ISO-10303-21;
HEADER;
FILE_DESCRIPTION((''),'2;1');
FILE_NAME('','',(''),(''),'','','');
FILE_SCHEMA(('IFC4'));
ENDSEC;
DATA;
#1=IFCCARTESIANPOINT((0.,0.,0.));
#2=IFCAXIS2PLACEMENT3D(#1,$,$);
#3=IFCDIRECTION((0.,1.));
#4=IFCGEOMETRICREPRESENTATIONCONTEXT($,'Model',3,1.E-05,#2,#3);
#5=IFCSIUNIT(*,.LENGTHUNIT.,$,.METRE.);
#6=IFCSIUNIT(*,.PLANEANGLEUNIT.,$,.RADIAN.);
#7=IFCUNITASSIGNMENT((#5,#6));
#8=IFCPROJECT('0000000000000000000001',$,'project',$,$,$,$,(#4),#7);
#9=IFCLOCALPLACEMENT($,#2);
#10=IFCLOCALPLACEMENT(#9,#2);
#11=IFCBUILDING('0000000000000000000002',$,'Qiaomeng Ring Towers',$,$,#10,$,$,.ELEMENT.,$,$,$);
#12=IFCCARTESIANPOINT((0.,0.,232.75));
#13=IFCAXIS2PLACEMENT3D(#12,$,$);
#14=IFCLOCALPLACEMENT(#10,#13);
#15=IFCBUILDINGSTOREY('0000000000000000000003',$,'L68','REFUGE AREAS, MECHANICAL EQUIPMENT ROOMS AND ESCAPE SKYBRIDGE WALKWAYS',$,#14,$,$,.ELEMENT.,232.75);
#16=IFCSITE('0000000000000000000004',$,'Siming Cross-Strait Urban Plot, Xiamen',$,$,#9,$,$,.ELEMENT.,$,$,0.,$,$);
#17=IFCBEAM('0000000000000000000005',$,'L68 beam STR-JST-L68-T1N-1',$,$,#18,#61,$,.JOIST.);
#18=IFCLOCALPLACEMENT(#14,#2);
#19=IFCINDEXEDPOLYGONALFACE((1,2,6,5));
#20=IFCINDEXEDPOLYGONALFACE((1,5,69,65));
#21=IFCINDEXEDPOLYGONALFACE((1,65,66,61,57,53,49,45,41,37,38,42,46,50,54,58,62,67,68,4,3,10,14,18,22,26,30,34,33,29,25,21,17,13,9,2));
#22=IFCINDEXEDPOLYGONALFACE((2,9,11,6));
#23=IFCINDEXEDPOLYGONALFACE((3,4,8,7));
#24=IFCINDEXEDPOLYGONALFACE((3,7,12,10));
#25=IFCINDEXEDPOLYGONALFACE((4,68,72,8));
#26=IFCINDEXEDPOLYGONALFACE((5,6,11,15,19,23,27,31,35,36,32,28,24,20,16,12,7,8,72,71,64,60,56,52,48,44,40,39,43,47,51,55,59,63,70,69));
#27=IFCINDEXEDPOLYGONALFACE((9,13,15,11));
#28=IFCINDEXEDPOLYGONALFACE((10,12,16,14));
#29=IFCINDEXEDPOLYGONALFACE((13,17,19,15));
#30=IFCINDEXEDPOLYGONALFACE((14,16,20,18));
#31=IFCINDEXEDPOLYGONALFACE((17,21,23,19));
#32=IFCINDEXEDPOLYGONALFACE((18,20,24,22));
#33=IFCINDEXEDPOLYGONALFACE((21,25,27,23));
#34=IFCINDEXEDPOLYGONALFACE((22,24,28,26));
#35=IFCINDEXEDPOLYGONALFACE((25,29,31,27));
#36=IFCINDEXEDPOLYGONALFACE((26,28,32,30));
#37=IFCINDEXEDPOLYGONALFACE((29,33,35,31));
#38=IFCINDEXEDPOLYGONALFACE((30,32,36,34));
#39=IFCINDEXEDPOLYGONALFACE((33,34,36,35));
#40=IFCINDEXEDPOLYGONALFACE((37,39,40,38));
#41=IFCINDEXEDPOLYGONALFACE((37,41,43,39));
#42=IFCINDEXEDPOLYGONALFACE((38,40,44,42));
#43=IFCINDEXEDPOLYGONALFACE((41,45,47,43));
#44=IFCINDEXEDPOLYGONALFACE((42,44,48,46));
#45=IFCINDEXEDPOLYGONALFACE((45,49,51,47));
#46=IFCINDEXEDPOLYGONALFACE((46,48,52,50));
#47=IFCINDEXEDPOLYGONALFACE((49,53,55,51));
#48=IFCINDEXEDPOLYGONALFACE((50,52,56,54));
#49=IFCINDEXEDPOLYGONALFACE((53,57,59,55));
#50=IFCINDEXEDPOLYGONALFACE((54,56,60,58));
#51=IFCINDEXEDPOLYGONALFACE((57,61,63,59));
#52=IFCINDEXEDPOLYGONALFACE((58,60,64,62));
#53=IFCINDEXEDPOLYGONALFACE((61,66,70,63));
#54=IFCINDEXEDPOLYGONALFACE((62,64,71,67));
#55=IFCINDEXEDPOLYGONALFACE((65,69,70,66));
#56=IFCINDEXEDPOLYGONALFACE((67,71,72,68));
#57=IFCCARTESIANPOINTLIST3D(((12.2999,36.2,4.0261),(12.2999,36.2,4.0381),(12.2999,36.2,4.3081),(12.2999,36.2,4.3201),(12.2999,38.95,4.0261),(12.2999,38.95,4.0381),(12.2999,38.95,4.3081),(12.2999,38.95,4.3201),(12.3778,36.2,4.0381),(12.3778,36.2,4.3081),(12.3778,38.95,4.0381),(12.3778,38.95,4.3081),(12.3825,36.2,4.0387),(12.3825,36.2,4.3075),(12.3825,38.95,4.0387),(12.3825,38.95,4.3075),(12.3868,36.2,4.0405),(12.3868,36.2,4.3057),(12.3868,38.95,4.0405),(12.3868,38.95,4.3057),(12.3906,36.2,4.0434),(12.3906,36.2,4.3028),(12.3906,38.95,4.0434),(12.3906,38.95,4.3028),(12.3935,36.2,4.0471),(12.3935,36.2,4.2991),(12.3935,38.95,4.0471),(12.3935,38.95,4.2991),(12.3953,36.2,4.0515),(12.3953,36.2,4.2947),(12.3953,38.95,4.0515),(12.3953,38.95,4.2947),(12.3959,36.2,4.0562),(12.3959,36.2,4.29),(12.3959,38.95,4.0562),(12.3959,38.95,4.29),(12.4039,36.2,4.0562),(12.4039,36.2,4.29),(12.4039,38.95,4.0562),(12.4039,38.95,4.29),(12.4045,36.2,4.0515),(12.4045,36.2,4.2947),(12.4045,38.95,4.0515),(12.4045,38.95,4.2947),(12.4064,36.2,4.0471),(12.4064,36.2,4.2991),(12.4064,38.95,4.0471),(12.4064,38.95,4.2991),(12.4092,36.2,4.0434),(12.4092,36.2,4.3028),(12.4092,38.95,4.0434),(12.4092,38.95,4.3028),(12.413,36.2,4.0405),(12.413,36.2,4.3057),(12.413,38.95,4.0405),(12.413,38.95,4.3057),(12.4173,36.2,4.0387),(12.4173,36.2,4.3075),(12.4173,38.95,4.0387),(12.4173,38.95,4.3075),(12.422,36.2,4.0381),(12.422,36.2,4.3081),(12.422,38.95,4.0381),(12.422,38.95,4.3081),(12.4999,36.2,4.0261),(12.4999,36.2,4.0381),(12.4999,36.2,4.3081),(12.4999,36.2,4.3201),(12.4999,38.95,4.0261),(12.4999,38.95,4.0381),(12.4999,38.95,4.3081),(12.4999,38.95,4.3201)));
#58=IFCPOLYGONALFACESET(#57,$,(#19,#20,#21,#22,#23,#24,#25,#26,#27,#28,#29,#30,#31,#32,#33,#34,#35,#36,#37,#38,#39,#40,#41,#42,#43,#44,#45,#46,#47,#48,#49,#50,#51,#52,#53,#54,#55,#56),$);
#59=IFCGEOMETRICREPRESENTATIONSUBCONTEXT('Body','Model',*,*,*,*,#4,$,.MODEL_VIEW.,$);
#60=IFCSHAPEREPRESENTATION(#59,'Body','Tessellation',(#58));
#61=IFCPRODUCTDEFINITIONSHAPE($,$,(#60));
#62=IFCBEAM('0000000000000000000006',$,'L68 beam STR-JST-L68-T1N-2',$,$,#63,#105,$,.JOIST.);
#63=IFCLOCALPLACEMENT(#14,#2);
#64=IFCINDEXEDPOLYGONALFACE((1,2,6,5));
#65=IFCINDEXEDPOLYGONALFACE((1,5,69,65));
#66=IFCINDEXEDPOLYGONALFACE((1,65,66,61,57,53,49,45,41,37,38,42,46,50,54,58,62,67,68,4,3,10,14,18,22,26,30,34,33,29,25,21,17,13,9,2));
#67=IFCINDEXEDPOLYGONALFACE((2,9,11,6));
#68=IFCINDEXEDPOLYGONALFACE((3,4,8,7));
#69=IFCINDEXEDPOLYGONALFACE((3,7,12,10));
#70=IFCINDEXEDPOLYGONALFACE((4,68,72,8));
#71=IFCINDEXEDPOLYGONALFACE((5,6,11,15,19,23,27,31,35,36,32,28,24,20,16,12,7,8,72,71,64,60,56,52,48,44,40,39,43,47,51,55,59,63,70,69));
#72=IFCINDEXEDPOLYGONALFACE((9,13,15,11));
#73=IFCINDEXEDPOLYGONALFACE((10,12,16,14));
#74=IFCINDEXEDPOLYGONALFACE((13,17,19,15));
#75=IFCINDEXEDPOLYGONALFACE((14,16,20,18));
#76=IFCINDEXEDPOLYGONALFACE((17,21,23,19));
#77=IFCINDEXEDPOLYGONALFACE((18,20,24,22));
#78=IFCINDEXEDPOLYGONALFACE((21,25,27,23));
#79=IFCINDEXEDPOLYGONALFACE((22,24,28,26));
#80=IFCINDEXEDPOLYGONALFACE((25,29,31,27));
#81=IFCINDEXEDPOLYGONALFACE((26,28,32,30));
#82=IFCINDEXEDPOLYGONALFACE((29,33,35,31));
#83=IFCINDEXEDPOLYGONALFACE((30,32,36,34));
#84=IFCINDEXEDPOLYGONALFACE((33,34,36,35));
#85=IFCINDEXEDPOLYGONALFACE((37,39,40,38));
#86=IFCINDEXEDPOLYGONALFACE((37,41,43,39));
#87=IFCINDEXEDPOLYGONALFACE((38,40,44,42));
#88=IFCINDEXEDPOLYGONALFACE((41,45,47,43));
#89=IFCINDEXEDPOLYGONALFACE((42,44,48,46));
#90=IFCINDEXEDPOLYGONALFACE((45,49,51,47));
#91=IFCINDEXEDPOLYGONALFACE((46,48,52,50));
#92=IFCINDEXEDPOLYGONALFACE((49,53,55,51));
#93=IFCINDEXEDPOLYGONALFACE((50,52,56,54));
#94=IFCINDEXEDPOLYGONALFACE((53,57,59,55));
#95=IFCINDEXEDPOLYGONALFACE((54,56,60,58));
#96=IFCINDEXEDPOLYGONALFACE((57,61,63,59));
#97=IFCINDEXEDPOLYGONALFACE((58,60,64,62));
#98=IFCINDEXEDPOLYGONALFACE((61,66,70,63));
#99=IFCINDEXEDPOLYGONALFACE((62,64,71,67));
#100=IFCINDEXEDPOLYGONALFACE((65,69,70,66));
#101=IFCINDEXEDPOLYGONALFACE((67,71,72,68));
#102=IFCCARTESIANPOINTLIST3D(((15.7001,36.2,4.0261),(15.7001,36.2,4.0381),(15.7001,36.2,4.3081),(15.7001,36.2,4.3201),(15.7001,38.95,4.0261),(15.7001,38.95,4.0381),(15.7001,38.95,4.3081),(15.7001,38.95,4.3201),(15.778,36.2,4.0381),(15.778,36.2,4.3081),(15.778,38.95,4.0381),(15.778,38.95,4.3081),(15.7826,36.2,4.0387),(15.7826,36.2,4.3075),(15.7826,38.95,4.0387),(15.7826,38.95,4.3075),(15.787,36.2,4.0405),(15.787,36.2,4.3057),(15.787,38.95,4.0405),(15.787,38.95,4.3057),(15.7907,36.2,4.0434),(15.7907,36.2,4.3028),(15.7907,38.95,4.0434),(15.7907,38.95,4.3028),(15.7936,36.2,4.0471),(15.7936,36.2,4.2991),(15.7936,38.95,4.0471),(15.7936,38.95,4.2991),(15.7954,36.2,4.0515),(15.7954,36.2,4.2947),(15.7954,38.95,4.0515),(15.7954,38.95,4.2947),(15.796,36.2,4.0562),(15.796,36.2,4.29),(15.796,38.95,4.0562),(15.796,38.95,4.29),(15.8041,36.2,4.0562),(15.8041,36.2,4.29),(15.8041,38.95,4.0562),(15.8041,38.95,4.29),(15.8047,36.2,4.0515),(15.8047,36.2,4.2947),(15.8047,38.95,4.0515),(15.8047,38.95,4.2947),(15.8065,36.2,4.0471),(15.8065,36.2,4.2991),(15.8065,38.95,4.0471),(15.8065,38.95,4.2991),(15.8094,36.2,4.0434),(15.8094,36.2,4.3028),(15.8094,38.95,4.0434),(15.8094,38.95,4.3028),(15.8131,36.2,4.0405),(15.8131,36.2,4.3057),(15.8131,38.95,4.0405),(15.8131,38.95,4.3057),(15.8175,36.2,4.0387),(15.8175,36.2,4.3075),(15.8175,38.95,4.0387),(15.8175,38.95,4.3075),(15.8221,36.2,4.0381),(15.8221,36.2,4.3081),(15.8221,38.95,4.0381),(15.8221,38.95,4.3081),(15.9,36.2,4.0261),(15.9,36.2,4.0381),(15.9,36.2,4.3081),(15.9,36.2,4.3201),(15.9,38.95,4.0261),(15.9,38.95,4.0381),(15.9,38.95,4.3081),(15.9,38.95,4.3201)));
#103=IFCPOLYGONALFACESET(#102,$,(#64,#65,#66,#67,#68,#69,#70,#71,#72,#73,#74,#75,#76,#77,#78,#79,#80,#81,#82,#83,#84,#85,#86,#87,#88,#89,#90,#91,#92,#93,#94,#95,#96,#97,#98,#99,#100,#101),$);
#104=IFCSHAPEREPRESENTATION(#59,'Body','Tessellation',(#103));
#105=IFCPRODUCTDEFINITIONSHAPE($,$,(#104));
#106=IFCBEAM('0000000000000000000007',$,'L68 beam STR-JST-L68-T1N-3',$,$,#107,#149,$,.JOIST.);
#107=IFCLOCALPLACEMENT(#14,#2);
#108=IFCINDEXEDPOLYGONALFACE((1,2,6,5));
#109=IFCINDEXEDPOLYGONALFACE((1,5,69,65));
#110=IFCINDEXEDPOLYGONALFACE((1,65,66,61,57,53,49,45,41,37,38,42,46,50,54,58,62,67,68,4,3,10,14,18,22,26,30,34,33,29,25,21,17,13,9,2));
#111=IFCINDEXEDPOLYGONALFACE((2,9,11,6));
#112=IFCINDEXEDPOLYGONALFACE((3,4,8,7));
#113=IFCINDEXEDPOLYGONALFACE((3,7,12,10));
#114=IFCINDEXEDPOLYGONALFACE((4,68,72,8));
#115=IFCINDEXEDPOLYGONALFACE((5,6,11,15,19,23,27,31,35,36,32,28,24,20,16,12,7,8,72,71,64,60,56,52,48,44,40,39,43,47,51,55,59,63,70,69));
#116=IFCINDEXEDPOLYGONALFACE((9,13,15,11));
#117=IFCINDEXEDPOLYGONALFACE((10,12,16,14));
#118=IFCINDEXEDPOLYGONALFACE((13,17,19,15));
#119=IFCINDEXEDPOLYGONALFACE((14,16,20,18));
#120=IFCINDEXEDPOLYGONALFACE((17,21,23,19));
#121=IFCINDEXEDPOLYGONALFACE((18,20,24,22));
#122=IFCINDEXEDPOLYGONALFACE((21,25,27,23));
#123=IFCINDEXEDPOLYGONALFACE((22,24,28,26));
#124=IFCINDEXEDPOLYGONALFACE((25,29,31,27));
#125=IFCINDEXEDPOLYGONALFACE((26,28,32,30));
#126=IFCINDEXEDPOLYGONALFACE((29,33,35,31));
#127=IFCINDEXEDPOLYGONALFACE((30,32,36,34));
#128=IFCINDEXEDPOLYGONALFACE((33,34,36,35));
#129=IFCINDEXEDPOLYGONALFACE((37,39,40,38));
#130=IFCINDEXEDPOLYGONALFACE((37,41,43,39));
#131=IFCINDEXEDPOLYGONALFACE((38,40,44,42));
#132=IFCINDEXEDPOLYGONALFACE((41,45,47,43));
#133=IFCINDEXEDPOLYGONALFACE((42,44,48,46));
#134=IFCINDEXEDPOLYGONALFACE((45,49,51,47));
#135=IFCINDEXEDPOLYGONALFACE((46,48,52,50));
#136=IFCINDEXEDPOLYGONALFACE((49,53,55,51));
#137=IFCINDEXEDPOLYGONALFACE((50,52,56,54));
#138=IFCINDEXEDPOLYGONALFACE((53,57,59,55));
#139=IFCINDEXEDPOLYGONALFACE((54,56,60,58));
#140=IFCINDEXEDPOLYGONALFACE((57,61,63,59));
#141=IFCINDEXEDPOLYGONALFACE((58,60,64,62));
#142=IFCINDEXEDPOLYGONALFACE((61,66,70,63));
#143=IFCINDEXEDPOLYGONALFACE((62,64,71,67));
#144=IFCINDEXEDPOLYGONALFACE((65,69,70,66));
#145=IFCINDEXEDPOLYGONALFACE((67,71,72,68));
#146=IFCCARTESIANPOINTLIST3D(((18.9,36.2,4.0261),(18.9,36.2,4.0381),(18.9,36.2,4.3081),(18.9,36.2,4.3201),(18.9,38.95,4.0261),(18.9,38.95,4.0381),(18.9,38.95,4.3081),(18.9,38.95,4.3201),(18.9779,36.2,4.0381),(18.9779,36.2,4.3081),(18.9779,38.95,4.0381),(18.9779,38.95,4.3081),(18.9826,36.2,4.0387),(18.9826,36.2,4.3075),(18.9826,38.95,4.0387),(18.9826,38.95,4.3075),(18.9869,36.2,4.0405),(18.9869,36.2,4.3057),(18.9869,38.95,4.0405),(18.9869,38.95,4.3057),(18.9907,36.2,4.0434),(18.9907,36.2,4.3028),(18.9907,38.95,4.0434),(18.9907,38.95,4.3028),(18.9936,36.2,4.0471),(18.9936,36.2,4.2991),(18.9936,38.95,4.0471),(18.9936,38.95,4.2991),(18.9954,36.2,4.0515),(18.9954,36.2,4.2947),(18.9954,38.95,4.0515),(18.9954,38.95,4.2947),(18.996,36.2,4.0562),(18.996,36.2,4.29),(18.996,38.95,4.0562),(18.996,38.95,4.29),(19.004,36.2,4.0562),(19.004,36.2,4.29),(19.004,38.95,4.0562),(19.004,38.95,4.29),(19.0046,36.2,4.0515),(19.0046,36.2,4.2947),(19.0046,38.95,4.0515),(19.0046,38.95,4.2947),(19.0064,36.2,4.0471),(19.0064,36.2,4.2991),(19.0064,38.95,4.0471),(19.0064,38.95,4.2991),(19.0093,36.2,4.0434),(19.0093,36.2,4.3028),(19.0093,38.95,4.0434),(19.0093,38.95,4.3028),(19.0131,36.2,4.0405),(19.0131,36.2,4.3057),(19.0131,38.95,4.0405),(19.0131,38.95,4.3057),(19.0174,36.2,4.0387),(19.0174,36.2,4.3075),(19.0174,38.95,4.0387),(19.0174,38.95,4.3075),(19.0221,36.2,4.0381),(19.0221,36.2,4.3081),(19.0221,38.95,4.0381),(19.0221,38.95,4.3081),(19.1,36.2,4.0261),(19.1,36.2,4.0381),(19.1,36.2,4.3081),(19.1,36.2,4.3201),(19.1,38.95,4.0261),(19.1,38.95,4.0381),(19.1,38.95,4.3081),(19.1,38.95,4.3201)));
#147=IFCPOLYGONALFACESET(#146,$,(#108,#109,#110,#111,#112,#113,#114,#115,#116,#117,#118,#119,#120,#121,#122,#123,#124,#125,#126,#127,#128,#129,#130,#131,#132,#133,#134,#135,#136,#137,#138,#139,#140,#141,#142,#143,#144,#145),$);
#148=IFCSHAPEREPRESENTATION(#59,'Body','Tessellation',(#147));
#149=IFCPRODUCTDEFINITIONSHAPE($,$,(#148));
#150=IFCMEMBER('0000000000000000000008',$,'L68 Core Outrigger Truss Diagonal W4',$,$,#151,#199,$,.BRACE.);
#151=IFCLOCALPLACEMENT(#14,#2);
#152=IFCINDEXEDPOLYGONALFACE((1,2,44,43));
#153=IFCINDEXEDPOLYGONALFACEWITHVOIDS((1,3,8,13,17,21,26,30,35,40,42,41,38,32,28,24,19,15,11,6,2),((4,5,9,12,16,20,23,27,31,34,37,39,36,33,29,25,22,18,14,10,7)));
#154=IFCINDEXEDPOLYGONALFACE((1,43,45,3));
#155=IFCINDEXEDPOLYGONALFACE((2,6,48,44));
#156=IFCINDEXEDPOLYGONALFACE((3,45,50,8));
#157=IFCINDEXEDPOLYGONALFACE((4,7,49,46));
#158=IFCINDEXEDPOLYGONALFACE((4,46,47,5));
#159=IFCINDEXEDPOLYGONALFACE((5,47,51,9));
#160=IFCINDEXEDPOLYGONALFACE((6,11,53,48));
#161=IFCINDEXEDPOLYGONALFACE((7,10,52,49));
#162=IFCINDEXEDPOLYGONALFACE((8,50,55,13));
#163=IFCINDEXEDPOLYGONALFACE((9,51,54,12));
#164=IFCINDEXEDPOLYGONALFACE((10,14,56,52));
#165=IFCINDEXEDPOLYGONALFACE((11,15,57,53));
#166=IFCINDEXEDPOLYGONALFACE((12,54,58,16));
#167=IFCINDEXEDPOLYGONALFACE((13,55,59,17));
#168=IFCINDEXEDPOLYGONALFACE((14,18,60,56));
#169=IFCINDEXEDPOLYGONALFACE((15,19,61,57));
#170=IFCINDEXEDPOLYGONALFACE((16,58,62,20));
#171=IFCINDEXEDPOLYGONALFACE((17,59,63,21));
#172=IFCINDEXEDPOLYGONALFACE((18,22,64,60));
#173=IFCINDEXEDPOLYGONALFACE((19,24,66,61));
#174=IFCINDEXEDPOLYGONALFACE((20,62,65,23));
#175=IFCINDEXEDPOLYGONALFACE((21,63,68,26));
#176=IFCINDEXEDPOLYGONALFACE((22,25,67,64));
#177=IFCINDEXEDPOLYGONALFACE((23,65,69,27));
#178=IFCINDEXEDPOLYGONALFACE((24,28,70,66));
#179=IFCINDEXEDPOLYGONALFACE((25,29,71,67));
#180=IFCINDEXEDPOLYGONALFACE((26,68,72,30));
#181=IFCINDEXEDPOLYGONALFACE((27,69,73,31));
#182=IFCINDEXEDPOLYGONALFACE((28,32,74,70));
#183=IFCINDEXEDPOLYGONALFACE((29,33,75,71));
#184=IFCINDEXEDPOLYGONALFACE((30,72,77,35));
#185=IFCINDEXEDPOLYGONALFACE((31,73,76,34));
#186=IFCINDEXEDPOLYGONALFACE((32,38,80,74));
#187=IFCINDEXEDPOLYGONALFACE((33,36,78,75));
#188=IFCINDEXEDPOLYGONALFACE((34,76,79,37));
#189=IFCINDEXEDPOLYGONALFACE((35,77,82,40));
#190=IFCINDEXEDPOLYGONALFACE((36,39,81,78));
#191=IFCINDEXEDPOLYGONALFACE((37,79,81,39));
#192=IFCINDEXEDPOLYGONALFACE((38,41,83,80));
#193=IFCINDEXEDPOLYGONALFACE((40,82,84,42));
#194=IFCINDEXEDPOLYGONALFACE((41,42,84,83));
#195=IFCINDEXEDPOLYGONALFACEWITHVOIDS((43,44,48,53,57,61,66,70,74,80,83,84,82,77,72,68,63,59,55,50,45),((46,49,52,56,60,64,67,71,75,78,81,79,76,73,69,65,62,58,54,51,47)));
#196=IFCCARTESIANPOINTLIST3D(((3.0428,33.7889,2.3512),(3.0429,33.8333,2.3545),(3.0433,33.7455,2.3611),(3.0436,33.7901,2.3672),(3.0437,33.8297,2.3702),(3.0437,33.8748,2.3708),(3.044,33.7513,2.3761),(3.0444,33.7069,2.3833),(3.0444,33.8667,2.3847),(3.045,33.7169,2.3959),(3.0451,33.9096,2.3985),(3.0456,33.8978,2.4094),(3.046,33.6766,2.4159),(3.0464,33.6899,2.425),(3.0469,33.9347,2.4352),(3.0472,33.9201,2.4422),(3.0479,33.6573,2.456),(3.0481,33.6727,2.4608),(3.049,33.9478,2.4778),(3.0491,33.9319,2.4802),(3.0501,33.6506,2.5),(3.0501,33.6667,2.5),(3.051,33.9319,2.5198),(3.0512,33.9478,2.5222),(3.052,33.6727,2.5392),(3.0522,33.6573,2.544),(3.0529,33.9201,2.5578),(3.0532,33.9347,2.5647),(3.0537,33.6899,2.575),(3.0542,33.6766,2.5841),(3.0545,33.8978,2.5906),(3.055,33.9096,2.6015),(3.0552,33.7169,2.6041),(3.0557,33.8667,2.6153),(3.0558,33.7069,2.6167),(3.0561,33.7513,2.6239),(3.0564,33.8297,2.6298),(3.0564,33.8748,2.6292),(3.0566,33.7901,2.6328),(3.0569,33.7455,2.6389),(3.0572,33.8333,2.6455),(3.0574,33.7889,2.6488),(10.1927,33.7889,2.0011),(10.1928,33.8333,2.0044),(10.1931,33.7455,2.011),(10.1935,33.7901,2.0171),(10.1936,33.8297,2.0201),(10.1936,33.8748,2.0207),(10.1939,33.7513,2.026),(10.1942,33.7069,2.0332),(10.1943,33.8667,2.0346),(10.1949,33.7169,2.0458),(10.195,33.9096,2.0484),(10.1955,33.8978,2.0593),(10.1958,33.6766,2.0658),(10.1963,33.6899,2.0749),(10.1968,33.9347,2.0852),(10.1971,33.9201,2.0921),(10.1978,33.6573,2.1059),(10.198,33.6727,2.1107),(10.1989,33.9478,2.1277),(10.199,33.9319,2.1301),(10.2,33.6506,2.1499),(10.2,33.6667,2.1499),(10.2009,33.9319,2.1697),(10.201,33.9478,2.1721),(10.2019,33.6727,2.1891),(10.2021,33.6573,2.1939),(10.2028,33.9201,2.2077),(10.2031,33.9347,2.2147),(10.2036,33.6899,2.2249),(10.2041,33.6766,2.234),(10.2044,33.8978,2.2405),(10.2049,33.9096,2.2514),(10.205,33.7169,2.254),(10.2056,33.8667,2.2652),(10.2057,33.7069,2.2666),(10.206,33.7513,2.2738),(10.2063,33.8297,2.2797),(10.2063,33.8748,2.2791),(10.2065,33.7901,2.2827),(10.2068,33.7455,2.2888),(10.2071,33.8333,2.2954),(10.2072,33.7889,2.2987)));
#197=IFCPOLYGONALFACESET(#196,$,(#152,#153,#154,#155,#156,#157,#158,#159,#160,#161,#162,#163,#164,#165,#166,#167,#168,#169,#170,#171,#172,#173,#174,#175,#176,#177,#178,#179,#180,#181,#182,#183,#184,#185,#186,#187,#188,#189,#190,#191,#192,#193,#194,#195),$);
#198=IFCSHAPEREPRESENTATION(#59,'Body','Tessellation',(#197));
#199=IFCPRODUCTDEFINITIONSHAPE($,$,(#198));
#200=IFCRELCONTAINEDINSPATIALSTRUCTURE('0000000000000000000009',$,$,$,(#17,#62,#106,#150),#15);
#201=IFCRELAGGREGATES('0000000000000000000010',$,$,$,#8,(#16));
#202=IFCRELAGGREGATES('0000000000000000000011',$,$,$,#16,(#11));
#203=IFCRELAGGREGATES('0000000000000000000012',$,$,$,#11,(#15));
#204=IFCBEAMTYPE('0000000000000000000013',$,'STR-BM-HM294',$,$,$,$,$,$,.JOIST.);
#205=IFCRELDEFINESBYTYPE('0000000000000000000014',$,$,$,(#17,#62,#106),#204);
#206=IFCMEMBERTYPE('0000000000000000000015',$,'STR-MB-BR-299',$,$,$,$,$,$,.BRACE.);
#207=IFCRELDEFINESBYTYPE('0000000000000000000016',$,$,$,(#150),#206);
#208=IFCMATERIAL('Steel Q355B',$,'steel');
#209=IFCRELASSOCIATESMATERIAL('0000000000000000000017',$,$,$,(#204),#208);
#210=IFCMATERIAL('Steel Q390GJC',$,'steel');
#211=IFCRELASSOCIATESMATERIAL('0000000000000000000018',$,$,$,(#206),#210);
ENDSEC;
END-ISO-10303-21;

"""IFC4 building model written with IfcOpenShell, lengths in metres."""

from ifc_helpers import new_model, si_unit, direction, frame, origin, origin_2d, place, context, subcontext, project, spatial, hollow_circle, i_section, extrude, source, transform, mapped, material, material_profile, profile_set, type_object, element, save


model = new_model("IFC4")

# Units and contexts
model_context = context("Model", 3, precision=1e-05, world=origin(), true_north=direction((0.0, 1.0)))
body_context = subcontext(model_context, "Body", "Model", "MODEL_VIEW")
ifc_project = project(units=[si_unit("LENGTHUNIT", "METRE"), si_unit("PLANEANGLEUNIT", "RADIAN")], contexts=[model_context])

# Site, building, storey
site_placement = place(None, origin())
site = spatial("IfcSite", under=ifc_project, at=site_placement, Name="Siming Cross-Strait Urban Plot, Xiamen", CompositionType="ELEMENT", RefElevation=0.0)
building_placement = place(site_placement, origin())
building = spatial("IfcBuilding", under=site, at=building_placement, Name="Qiaomeng Ring Towers", CompositionType="ELEMENT")
storey_placement = place(building_placement, frame((0.0, 0.0, 232.75)))
storey = spatial("IfcBuildingStorey", under=building, at=storey_placement, Name="L68", Description="REFUGE AREAS, MECHANICAL EQUIPMENT ROOMS AND ESCAPE SKYBRIDGE WALKWAYS", CompositionType="ELEMENT", Elevation=232.75)

# Beams
ifc_material_1 = material(Name="Steel Q355B", Category="steel")
ifc_material_profile_1 = material_profile(ifc_material_1, i_section(OverallWidth=0.2, OverallDepth=0.2939, WebThickness=0.0081, FlangeThickness=0.012, FilletRadius=0.0181, at=origin_2d()), Name="HM 294x200x8x12")
ifc_profile_set_1 = profile_set([ifc_material_profile_1], Name="Steel Q355B")
beam_type = type_object("IfcBeamType", Name="STR-BM-HM294", PredefinedType="JOIST", material=ifc_profile_set_1)
shared_shape_1 = source(origin(), body_context, "Body", "SweptSolid", [
    extrude(i_section(OverallWidth=0.2, OverallDepth=0.2939, WebThickness=0.0081, FlangeThickness=0.012, FilletRadius=0.0181, at=origin_2d()), origin(), (0.0, 0.0, 1.0), 2.75),
])
for number, where, z_axis, x_axis, name in (
    (1, (12.3999, 36.2, 4.1731), (0.0, 1.0, 0.0), (-1.0, 0.0, 0.0), "L68 beam STR-JST-L68-T1N-1"),
    (2, (15.8, 36.2, 4.1731), (0.0, 1.0, 0.0), (-1.0, 0.0, 0.0), "L68 beam STR-JST-L68-T1N-2"),
    (3, (19.0, 36.2, 4.1731), (0.0, 1.0, 0.0), (-1.0, 0.0, 0.0), "L68 beam STR-JST-L68-T1N-3"),
):
    element("IfcBeam", number, at=place(storey_placement, frame(where, z_axis=z_axis, x_axis=x_axis)), inside=storey, type_object=beam_type, Name=name, PredefinedType="JOIST", context=body_context, shape_type="MappedRepresentation", body=[
        mapped(shared_shape_1, transform((0.0, 0.0, 0.0), x_axis=(1.0, 0.0, 0.0), y_axis=(0.0, 1.0, 0.0), z_axis=(0.0, 0.0, 1.0), scale=1.0)),
    ])

# Member
ifc_material_2 = material(Name="Steel Q390GJC", Category="steel")
ifc_material_profile_2 = material_profile(ifc_material_2, hollow_circle(Radius=0.1494, WallThickness=0.0161, at=origin_2d()), Name="CHS 299x16")
ifc_profile_set_2 = profile_set([ifc_material_profile_2], Name="Steel Q390GJC")
member_type = type_object("IfcMemberType", Name="STR-MB-BR-299", PredefinedType="BRACE", material=ifc_profile_set_2)
shared_shape_2 = source(origin(), body_context, "Body", "SweptSolid", [
    extrude(hollow_circle(Radius=0.1494, WallThickness=0.0161, at=origin_2d()), origin(), (0.0, 0.0, 1.0), 7.1584),
])
member_placement = place(storey_placement, frame((10.2, 33.8, 2.1499), z_axis=(-0.998803, 0.0, 0.048907), x_axis=(0.0, -1.0, 0.0)))
element("IfcMember", 4, at=member_placement, inside=storey, type_object=member_type, Name="L68 Core Outrigger Truss Diagonal W4", PredefinedType="BRACE", context=body_context, shape_type="MappedRepresentation", body=[
    mapped(shared_shape_2, transform((0.0, 0.0, 0.0), x_axis=(1.0, 0.0, 0.0), y_axis=(0.0, 1.0, 0.0), z_axis=(0.0, 0.0, 1.0), scale=1.0)),
])

save(model, "model.ifc")
